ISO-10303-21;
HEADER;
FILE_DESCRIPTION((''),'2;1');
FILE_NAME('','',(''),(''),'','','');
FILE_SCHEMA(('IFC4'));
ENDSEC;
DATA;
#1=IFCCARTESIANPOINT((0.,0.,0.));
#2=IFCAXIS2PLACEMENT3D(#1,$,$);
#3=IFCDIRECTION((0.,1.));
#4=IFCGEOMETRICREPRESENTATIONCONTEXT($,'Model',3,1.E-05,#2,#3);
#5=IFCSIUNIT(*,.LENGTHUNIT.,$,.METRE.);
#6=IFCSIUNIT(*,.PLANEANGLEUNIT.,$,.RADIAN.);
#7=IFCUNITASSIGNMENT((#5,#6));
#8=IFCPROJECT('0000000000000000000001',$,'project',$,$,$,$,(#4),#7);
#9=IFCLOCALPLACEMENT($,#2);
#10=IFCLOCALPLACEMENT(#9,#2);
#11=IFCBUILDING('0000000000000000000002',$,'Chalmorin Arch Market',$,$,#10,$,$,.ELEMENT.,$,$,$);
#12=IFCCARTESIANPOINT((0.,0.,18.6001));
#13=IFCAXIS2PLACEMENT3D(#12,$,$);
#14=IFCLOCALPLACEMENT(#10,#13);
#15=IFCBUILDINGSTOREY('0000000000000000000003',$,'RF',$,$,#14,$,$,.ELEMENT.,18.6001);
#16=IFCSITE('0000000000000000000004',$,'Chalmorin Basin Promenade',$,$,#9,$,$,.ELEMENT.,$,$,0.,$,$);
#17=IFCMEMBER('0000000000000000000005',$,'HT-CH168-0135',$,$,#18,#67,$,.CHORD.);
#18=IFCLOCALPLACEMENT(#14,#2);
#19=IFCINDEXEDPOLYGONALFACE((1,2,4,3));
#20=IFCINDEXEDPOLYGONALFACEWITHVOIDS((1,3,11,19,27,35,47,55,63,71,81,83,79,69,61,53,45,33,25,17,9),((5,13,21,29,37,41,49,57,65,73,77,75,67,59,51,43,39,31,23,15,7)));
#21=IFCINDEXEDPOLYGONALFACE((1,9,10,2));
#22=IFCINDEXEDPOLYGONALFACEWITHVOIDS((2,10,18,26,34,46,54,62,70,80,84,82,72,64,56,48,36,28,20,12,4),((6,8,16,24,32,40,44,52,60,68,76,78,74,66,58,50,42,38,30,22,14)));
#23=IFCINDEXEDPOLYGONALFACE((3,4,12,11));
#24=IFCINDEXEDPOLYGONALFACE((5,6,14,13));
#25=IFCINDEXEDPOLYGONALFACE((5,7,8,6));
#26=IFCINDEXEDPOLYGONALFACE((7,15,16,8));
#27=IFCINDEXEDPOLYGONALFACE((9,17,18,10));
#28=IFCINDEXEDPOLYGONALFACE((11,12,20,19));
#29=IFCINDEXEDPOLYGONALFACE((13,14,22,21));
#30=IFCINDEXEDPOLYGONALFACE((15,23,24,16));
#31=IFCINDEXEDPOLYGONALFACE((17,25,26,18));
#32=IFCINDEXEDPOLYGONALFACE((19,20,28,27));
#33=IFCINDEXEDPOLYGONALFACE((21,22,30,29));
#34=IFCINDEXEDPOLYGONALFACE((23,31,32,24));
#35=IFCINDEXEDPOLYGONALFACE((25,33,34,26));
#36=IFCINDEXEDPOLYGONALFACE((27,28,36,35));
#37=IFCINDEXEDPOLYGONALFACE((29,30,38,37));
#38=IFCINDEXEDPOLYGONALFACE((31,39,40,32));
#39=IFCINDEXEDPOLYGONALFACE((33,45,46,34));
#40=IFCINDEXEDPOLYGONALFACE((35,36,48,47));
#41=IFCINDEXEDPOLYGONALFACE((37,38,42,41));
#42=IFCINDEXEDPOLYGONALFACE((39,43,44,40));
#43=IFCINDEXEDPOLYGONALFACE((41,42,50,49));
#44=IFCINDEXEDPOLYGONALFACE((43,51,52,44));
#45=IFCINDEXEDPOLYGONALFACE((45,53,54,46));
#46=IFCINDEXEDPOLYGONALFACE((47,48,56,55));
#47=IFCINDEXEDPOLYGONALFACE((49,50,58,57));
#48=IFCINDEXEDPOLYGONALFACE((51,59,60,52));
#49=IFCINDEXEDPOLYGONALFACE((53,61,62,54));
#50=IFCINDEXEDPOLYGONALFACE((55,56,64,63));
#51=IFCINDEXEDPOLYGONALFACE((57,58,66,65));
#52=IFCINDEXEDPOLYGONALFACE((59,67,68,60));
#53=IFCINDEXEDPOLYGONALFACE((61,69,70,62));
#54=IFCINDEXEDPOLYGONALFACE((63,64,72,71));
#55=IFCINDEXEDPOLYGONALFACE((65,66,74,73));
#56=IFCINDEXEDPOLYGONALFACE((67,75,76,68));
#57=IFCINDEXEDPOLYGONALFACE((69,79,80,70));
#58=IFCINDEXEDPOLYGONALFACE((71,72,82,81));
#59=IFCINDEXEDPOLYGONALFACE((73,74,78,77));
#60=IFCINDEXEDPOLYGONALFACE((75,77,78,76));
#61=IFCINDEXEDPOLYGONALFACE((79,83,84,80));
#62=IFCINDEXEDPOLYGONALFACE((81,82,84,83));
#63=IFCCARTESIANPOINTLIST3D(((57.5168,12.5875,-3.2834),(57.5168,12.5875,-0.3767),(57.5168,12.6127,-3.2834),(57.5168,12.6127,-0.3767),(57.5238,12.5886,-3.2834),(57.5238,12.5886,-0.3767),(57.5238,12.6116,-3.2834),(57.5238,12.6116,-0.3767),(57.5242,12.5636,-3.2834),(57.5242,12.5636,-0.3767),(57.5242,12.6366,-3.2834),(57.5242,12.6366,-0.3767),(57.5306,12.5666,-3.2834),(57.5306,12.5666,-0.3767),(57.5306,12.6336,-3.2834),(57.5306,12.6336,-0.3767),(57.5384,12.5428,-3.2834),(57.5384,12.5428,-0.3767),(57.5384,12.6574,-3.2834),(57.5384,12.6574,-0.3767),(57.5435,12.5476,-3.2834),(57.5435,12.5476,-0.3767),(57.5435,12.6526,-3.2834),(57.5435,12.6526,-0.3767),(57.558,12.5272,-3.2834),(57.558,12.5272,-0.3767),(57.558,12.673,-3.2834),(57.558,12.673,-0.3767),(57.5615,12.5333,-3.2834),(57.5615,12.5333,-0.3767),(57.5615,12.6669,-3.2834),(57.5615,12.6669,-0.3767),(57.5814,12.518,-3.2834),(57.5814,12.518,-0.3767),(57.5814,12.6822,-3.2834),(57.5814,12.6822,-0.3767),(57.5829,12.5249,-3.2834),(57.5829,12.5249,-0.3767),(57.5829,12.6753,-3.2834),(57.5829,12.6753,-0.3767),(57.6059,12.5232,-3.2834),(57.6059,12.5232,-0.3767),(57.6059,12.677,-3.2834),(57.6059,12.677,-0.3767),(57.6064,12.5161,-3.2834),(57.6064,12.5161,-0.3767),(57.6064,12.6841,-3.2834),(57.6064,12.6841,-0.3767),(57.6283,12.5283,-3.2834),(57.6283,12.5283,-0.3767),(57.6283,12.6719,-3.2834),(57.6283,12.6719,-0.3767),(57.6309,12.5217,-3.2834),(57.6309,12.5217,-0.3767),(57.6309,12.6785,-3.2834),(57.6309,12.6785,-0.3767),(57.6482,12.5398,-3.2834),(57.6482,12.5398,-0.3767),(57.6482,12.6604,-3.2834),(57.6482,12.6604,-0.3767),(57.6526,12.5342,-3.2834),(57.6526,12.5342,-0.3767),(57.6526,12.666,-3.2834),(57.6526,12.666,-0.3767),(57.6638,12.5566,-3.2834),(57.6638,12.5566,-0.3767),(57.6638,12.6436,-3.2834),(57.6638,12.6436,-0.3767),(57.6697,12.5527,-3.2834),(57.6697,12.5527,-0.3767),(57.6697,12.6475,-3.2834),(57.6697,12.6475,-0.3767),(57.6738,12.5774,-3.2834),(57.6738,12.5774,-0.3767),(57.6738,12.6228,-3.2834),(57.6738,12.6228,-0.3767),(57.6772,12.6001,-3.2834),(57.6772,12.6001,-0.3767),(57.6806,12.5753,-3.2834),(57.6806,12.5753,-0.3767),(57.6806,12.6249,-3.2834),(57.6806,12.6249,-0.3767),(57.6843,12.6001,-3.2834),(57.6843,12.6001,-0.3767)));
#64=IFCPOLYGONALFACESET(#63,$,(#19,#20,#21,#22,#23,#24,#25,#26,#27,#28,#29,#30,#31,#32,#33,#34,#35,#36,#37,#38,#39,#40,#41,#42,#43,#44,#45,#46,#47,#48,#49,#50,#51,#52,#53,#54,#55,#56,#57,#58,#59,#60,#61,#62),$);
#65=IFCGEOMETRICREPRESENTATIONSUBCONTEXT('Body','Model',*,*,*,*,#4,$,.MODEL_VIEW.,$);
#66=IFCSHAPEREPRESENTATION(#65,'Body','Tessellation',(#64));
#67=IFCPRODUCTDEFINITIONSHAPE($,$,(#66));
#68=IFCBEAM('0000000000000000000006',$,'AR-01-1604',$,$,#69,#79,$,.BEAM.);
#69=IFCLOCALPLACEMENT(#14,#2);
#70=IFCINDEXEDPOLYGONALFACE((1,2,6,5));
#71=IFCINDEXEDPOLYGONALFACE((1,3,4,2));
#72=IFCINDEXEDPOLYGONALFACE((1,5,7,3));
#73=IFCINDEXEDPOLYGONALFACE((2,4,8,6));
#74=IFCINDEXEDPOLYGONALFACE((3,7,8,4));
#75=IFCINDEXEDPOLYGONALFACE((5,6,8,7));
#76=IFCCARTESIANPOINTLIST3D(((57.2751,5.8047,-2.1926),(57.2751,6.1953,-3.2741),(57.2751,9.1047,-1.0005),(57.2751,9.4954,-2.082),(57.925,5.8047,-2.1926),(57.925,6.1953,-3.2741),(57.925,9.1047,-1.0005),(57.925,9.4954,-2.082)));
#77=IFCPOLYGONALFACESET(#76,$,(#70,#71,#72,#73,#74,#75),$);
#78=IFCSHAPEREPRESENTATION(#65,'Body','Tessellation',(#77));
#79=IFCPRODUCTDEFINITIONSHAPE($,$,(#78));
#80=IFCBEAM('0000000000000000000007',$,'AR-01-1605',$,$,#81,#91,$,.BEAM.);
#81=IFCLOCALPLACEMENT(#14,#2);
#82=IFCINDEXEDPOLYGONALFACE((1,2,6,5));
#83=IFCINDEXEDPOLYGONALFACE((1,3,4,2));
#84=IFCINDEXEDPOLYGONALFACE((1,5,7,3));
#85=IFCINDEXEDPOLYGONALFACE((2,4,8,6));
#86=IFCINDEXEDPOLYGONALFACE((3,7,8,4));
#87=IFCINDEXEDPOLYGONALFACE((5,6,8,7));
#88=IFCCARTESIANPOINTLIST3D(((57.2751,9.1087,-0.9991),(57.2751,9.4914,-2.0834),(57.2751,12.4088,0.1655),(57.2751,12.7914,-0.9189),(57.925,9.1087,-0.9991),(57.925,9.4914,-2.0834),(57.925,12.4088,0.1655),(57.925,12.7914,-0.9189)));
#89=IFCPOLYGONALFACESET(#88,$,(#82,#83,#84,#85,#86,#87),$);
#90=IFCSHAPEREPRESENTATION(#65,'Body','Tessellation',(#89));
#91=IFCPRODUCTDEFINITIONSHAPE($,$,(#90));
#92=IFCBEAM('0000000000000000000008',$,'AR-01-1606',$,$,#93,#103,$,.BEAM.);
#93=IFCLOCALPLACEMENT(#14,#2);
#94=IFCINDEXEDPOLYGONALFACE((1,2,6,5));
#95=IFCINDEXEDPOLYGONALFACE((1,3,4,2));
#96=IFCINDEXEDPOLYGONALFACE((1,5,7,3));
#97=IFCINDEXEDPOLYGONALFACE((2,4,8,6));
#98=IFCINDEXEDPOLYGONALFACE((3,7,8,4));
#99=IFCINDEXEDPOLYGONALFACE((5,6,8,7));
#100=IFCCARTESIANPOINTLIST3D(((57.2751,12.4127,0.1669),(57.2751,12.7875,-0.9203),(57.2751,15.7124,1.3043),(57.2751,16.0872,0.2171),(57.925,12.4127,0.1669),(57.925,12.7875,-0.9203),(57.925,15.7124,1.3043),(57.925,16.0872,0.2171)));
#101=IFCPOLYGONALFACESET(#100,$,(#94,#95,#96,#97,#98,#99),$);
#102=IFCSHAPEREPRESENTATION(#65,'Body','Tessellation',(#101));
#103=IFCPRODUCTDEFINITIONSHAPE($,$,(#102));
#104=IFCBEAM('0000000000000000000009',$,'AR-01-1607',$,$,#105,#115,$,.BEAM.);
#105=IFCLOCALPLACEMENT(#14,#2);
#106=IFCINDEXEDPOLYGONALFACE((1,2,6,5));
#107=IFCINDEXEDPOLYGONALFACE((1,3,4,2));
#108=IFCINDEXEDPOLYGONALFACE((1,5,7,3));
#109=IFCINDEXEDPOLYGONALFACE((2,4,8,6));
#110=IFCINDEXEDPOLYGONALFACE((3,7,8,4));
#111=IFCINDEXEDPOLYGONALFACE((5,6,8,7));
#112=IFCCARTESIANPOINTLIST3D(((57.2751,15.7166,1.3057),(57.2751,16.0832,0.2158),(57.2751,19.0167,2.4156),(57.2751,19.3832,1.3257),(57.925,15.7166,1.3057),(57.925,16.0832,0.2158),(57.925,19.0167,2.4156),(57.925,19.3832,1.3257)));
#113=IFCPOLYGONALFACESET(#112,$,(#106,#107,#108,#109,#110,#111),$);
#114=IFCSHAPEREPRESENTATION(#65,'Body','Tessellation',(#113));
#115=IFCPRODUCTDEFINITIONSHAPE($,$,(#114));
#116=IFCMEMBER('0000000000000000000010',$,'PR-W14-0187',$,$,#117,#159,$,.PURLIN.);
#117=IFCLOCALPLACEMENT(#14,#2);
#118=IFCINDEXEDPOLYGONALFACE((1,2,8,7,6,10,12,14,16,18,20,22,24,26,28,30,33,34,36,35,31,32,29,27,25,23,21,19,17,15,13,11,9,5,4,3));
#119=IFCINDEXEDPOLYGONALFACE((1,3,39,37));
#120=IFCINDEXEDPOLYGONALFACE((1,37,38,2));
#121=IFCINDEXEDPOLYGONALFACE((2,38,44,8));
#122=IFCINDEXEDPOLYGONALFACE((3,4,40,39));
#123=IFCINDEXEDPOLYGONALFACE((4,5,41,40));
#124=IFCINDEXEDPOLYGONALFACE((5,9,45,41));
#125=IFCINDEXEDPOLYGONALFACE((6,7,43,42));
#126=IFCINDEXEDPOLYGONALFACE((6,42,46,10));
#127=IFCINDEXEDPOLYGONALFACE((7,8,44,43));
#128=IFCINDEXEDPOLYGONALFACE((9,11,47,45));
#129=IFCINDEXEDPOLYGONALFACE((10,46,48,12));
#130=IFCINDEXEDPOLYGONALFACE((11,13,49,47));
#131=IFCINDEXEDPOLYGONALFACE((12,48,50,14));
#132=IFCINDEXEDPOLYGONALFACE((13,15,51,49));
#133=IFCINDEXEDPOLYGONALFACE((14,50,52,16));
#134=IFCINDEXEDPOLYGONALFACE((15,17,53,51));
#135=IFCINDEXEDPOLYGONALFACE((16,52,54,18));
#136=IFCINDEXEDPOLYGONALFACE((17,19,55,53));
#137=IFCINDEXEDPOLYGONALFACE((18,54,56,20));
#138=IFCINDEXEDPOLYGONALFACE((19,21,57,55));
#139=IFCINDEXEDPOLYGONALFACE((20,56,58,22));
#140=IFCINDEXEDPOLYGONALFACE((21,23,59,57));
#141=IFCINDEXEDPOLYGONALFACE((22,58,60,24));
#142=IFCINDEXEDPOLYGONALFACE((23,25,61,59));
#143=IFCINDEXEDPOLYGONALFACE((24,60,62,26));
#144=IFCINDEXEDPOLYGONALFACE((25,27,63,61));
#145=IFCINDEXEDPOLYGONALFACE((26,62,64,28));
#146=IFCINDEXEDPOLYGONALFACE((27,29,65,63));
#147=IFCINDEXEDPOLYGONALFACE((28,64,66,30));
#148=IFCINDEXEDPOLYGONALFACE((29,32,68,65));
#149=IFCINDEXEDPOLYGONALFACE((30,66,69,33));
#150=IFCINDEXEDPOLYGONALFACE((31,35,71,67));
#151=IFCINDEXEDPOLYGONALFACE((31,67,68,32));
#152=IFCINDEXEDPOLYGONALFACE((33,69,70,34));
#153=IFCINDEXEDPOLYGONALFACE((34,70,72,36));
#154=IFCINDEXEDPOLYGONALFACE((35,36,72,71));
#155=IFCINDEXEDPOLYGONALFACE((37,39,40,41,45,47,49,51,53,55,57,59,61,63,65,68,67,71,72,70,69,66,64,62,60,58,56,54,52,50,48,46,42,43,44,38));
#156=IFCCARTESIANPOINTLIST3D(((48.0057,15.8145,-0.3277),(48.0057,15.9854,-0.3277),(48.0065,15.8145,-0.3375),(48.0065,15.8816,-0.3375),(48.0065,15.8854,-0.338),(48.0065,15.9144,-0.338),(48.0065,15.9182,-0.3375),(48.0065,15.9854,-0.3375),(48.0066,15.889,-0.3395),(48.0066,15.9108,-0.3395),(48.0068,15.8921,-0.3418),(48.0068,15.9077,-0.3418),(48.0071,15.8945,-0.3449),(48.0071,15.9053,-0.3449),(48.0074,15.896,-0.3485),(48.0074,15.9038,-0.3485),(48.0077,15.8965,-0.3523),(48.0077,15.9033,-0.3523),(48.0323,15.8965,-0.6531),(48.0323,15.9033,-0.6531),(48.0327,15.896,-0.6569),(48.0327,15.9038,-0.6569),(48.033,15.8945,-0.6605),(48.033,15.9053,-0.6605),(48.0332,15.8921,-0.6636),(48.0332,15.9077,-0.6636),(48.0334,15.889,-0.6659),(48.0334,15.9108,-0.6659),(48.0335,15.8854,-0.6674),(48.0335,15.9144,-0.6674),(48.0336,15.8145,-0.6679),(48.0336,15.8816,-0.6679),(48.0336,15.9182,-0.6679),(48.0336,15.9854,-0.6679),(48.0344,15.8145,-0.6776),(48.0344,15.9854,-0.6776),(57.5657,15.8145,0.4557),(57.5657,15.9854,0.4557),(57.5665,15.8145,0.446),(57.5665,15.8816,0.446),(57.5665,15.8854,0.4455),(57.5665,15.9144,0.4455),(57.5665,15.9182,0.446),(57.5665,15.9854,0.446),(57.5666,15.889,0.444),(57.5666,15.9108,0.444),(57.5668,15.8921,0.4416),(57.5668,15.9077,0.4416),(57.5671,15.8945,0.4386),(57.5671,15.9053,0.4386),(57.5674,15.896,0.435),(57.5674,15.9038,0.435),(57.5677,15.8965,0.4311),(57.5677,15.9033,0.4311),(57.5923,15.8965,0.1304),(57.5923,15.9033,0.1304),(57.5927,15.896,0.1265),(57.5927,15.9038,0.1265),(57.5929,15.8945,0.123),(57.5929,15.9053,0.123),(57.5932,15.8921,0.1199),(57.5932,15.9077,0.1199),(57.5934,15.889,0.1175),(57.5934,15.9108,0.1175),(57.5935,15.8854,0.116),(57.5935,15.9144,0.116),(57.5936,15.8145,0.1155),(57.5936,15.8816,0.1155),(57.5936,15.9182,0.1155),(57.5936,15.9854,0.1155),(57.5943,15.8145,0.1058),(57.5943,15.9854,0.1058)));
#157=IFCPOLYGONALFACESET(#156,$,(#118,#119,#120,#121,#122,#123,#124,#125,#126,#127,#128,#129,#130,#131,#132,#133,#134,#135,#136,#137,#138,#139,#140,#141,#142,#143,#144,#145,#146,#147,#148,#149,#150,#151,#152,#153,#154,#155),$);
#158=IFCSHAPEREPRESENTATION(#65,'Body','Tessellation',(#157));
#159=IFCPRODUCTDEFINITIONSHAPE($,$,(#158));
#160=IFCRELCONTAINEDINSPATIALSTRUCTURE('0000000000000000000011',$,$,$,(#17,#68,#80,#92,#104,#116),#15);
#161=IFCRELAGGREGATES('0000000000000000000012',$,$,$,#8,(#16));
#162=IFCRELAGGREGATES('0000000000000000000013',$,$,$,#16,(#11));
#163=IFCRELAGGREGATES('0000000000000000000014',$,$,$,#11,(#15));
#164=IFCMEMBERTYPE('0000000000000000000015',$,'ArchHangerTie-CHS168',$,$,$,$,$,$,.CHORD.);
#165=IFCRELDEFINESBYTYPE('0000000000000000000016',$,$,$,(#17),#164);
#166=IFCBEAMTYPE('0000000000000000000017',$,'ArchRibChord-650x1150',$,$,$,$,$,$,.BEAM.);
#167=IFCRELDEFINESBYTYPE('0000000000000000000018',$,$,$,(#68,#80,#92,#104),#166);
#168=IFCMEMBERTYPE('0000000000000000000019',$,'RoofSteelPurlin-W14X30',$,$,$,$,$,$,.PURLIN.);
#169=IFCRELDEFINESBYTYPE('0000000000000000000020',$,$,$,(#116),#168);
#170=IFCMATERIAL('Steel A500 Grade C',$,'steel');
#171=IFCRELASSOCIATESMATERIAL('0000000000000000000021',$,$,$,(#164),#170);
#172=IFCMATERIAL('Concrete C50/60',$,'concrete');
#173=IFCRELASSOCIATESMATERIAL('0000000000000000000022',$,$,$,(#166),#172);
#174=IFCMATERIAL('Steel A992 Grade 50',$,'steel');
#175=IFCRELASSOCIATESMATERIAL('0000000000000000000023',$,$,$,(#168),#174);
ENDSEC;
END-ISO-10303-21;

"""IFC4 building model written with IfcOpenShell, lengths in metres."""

from ifc_helpers import new_model, si_unit, direction, frame, origin, origin_2d, place, context, subcontext, project, spatial, rectangle, hollow_circle, i_section, extrude, material, material_profile, profile_set, type_object, element, save


model = new_model("IFC4")

# Units and contexts
model_context = context("Model", 3, precision=1e-05, world=origin(), true_north=direction((0.0, 1.0)))
body_context = subcontext(model_context, "Body", "Model", "MODEL_VIEW")
ifc_project = project(units=[si_unit("LENGTHUNIT", "METRE"), si_unit("PLANEANGLEUNIT", "RADIAN")], contexts=[model_context])

# Site, building, storey
site_placement = place(None, origin())
site = spatial("IfcSite", under=ifc_project, at=site_placement, Name="Chalmorin Basin Promenade", CompositionType="ELEMENT", RefElevation=0.0)
building_placement = place(site_placement, origin())
building = spatial("IfcBuilding", under=site, at=building_placement, Name="Chalmorin Arch Market", CompositionType="ELEMENT")
storey_placement = place(building_placement, frame((0.0, 0.0, 18.6001)))
storey = spatial("IfcBuildingStorey", under=building, at=storey_placement, Name="RF", CompositionType="ELEMENT", Elevation=18.6001)

# Member
ifc_material_1 = material(Name="Steel A500 Grade C", Category="steel")
ifc_material_profile_1 = material_profile(ifc_material_1, hollow_circle(Radius=0.0842, WallThickness=0.0071, at=origin_2d()), Name="CHS168X7")
ifc_profile_set_1 = profile_set([ifc_material_profile_1], Name="Steel A500 Grade C")
member_type_1 = type_object("IfcMemberType", Name="ArchHangerTie-CHS168", PredefinedType="CHORD", material=ifc_profile_set_1)
member_1_placement = place(storey_placement, frame((57.6001, 12.6001, -3.2834), z_axis=(0.0, 0.0, 1.0), x_axis=(1.0, 0.0, 0.0)))
element("IfcMember", 1, at=member_1_placement, inside=storey, type_object=member_type_1, Name="HT-CH168-0135", PredefinedType="CHORD", context=body_context, shape_type="SweptSolid", body=[
    extrude(hollow_circle(Radius=0.0842, WallThickness=0.0071, at=origin_2d()), origin(), (0.0, 0.0, 1.0), 2.9067),
])

# Beams
ifc_material_2 = material(Name="Concrete C50/60", Category="concrete")
ifc_material_profile_2 = material_profile(ifc_material_2, rectangle(XDim=0.6499, YDim=1.1499, at=origin_2d()), Name="RC650X1150")
ifc_profile_set_2 = profile_set([ifc_material_profile_2], Name="Concrete C50/60")
beam_type = type_object("IfcBeamType", Name="ArchRibChord-650x1150", PredefinedType="BEAM", material=ifc_profile_set_2)
beam_1_placement = place(storey_placement, frame((57.6001, 6.0, -2.7334), z_axis=(0.0, 0.940513, 0.339759), x_axis=(-1.0, 0.0, 0.0)))
element("IfcBeam", 2, at=beam_1_placement, inside=storey, type_object=beam_type, Name="AR-01-1604", PredefinedType="BEAM", context=body_context, shape_type="SweptSolid", body=[
    extrude(rectangle(XDim=0.6499, YDim=1.1499, at=origin_2d()), origin(), (0.0, 0.0, 1.0), 3.5088),
])
beam_2_placement = place(storey_placement, frame((57.6001, 9.3, -1.5413), z_axis=(0.0, 0.943006, 0.332776), x_axis=(-1.0, 0.0, 0.0)))
element("IfcBeam", 3, at=beam_2_placement, inside=storey, type_object=beam_type, Name="AR-01-1605", PredefinedType="BEAM", context=body_context, shape_type="SweptSolid", body=[
    extrude(rectangle(XDim=0.6499, YDim=1.1499, at=origin_2d()), origin(), (0.0, 0.0, 1.0), 3.4995),
])
beam_3_placement = place(storey_placement, frame((57.6001, 12.6001, -0.3767), z_axis=(0.0, 0.945409, 0.325885), x_axis=(-1.0, 0.0, 0.0)))
element("IfcBeam", 4, at=beam_3_placement, inside=storey, type_object=beam_type, Name="AR-01-1606", PredefinedType="BEAM", context=body_context, shape_type="SweptSolid", body=[
    extrude(rectangle(XDim=0.6499, YDim=1.1499, at=origin_2d()), origin(), (0.0, 0.0, 1.0), 3.4902),
])
beam_4_placement = place(storey_placement, frame((57.6001, 15.8999, 0.7607), z_axis=(0.0, 0.947831, 0.318772), x_axis=(-1.0, 0.0, 0.0)))
element("IfcBeam", 5, at=beam_4_placement, inside=storey, type_object=beam_type, Name="AR-01-1607", PredefinedType="BEAM", context=body_context, shape_type="SweptSolid", body=[
    extrude(rectangle(XDim=0.6499, YDim=1.1499, at=origin_2d()), origin(), (0.0, 0.0, 1.0), 3.4817),
])

# Member
ifc_material_3 = material(Name="Steel A992 Grade 50", Category="steel")
ifc_material_profile_3 = material_profile(ifc_material_3, i_section(OverallWidth=0.1709, OverallDepth=0.3511, WebThickness=0.0068, FlangeThickness=0.0098, FilletRadius=0.0149, at=origin_2d()), Name="W14X30")
ifc_profile_set_3 = profile_set([ifc_material_profile_3], Name="Steel A992 Grade 50")
member_type_2 = type_object("IfcMemberType", Name="RoofSteelPurlin-W14X30", PredefinedType="PURLIN", material=ifc_profile_set_3)
member_2_placement = place(storey_placement, frame((48.02, 15.8999, -0.5027), z_axis=(0.996659, 0.0, 0.081676), x_axis=(0.0, 1.0, 0.0)))
element("IfcMember", 6, at=member_2_placement, inside=storey, type_object=member_type_2, Name="PR-W14-0187", PredefinedType="PURLIN", context=body_context, shape_type="SweptSolid", body=[
    extrude(i_section(OverallWidth=0.1709, OverallDepth=0.3511, WebThickness=0.0068, FlangeThickness=0.0098, FilletRadius=0.0149, at=origin_2d()), origin(), (0.0, 0.0, 1.0), 9.592),
])

save(model, "model.ifc")
